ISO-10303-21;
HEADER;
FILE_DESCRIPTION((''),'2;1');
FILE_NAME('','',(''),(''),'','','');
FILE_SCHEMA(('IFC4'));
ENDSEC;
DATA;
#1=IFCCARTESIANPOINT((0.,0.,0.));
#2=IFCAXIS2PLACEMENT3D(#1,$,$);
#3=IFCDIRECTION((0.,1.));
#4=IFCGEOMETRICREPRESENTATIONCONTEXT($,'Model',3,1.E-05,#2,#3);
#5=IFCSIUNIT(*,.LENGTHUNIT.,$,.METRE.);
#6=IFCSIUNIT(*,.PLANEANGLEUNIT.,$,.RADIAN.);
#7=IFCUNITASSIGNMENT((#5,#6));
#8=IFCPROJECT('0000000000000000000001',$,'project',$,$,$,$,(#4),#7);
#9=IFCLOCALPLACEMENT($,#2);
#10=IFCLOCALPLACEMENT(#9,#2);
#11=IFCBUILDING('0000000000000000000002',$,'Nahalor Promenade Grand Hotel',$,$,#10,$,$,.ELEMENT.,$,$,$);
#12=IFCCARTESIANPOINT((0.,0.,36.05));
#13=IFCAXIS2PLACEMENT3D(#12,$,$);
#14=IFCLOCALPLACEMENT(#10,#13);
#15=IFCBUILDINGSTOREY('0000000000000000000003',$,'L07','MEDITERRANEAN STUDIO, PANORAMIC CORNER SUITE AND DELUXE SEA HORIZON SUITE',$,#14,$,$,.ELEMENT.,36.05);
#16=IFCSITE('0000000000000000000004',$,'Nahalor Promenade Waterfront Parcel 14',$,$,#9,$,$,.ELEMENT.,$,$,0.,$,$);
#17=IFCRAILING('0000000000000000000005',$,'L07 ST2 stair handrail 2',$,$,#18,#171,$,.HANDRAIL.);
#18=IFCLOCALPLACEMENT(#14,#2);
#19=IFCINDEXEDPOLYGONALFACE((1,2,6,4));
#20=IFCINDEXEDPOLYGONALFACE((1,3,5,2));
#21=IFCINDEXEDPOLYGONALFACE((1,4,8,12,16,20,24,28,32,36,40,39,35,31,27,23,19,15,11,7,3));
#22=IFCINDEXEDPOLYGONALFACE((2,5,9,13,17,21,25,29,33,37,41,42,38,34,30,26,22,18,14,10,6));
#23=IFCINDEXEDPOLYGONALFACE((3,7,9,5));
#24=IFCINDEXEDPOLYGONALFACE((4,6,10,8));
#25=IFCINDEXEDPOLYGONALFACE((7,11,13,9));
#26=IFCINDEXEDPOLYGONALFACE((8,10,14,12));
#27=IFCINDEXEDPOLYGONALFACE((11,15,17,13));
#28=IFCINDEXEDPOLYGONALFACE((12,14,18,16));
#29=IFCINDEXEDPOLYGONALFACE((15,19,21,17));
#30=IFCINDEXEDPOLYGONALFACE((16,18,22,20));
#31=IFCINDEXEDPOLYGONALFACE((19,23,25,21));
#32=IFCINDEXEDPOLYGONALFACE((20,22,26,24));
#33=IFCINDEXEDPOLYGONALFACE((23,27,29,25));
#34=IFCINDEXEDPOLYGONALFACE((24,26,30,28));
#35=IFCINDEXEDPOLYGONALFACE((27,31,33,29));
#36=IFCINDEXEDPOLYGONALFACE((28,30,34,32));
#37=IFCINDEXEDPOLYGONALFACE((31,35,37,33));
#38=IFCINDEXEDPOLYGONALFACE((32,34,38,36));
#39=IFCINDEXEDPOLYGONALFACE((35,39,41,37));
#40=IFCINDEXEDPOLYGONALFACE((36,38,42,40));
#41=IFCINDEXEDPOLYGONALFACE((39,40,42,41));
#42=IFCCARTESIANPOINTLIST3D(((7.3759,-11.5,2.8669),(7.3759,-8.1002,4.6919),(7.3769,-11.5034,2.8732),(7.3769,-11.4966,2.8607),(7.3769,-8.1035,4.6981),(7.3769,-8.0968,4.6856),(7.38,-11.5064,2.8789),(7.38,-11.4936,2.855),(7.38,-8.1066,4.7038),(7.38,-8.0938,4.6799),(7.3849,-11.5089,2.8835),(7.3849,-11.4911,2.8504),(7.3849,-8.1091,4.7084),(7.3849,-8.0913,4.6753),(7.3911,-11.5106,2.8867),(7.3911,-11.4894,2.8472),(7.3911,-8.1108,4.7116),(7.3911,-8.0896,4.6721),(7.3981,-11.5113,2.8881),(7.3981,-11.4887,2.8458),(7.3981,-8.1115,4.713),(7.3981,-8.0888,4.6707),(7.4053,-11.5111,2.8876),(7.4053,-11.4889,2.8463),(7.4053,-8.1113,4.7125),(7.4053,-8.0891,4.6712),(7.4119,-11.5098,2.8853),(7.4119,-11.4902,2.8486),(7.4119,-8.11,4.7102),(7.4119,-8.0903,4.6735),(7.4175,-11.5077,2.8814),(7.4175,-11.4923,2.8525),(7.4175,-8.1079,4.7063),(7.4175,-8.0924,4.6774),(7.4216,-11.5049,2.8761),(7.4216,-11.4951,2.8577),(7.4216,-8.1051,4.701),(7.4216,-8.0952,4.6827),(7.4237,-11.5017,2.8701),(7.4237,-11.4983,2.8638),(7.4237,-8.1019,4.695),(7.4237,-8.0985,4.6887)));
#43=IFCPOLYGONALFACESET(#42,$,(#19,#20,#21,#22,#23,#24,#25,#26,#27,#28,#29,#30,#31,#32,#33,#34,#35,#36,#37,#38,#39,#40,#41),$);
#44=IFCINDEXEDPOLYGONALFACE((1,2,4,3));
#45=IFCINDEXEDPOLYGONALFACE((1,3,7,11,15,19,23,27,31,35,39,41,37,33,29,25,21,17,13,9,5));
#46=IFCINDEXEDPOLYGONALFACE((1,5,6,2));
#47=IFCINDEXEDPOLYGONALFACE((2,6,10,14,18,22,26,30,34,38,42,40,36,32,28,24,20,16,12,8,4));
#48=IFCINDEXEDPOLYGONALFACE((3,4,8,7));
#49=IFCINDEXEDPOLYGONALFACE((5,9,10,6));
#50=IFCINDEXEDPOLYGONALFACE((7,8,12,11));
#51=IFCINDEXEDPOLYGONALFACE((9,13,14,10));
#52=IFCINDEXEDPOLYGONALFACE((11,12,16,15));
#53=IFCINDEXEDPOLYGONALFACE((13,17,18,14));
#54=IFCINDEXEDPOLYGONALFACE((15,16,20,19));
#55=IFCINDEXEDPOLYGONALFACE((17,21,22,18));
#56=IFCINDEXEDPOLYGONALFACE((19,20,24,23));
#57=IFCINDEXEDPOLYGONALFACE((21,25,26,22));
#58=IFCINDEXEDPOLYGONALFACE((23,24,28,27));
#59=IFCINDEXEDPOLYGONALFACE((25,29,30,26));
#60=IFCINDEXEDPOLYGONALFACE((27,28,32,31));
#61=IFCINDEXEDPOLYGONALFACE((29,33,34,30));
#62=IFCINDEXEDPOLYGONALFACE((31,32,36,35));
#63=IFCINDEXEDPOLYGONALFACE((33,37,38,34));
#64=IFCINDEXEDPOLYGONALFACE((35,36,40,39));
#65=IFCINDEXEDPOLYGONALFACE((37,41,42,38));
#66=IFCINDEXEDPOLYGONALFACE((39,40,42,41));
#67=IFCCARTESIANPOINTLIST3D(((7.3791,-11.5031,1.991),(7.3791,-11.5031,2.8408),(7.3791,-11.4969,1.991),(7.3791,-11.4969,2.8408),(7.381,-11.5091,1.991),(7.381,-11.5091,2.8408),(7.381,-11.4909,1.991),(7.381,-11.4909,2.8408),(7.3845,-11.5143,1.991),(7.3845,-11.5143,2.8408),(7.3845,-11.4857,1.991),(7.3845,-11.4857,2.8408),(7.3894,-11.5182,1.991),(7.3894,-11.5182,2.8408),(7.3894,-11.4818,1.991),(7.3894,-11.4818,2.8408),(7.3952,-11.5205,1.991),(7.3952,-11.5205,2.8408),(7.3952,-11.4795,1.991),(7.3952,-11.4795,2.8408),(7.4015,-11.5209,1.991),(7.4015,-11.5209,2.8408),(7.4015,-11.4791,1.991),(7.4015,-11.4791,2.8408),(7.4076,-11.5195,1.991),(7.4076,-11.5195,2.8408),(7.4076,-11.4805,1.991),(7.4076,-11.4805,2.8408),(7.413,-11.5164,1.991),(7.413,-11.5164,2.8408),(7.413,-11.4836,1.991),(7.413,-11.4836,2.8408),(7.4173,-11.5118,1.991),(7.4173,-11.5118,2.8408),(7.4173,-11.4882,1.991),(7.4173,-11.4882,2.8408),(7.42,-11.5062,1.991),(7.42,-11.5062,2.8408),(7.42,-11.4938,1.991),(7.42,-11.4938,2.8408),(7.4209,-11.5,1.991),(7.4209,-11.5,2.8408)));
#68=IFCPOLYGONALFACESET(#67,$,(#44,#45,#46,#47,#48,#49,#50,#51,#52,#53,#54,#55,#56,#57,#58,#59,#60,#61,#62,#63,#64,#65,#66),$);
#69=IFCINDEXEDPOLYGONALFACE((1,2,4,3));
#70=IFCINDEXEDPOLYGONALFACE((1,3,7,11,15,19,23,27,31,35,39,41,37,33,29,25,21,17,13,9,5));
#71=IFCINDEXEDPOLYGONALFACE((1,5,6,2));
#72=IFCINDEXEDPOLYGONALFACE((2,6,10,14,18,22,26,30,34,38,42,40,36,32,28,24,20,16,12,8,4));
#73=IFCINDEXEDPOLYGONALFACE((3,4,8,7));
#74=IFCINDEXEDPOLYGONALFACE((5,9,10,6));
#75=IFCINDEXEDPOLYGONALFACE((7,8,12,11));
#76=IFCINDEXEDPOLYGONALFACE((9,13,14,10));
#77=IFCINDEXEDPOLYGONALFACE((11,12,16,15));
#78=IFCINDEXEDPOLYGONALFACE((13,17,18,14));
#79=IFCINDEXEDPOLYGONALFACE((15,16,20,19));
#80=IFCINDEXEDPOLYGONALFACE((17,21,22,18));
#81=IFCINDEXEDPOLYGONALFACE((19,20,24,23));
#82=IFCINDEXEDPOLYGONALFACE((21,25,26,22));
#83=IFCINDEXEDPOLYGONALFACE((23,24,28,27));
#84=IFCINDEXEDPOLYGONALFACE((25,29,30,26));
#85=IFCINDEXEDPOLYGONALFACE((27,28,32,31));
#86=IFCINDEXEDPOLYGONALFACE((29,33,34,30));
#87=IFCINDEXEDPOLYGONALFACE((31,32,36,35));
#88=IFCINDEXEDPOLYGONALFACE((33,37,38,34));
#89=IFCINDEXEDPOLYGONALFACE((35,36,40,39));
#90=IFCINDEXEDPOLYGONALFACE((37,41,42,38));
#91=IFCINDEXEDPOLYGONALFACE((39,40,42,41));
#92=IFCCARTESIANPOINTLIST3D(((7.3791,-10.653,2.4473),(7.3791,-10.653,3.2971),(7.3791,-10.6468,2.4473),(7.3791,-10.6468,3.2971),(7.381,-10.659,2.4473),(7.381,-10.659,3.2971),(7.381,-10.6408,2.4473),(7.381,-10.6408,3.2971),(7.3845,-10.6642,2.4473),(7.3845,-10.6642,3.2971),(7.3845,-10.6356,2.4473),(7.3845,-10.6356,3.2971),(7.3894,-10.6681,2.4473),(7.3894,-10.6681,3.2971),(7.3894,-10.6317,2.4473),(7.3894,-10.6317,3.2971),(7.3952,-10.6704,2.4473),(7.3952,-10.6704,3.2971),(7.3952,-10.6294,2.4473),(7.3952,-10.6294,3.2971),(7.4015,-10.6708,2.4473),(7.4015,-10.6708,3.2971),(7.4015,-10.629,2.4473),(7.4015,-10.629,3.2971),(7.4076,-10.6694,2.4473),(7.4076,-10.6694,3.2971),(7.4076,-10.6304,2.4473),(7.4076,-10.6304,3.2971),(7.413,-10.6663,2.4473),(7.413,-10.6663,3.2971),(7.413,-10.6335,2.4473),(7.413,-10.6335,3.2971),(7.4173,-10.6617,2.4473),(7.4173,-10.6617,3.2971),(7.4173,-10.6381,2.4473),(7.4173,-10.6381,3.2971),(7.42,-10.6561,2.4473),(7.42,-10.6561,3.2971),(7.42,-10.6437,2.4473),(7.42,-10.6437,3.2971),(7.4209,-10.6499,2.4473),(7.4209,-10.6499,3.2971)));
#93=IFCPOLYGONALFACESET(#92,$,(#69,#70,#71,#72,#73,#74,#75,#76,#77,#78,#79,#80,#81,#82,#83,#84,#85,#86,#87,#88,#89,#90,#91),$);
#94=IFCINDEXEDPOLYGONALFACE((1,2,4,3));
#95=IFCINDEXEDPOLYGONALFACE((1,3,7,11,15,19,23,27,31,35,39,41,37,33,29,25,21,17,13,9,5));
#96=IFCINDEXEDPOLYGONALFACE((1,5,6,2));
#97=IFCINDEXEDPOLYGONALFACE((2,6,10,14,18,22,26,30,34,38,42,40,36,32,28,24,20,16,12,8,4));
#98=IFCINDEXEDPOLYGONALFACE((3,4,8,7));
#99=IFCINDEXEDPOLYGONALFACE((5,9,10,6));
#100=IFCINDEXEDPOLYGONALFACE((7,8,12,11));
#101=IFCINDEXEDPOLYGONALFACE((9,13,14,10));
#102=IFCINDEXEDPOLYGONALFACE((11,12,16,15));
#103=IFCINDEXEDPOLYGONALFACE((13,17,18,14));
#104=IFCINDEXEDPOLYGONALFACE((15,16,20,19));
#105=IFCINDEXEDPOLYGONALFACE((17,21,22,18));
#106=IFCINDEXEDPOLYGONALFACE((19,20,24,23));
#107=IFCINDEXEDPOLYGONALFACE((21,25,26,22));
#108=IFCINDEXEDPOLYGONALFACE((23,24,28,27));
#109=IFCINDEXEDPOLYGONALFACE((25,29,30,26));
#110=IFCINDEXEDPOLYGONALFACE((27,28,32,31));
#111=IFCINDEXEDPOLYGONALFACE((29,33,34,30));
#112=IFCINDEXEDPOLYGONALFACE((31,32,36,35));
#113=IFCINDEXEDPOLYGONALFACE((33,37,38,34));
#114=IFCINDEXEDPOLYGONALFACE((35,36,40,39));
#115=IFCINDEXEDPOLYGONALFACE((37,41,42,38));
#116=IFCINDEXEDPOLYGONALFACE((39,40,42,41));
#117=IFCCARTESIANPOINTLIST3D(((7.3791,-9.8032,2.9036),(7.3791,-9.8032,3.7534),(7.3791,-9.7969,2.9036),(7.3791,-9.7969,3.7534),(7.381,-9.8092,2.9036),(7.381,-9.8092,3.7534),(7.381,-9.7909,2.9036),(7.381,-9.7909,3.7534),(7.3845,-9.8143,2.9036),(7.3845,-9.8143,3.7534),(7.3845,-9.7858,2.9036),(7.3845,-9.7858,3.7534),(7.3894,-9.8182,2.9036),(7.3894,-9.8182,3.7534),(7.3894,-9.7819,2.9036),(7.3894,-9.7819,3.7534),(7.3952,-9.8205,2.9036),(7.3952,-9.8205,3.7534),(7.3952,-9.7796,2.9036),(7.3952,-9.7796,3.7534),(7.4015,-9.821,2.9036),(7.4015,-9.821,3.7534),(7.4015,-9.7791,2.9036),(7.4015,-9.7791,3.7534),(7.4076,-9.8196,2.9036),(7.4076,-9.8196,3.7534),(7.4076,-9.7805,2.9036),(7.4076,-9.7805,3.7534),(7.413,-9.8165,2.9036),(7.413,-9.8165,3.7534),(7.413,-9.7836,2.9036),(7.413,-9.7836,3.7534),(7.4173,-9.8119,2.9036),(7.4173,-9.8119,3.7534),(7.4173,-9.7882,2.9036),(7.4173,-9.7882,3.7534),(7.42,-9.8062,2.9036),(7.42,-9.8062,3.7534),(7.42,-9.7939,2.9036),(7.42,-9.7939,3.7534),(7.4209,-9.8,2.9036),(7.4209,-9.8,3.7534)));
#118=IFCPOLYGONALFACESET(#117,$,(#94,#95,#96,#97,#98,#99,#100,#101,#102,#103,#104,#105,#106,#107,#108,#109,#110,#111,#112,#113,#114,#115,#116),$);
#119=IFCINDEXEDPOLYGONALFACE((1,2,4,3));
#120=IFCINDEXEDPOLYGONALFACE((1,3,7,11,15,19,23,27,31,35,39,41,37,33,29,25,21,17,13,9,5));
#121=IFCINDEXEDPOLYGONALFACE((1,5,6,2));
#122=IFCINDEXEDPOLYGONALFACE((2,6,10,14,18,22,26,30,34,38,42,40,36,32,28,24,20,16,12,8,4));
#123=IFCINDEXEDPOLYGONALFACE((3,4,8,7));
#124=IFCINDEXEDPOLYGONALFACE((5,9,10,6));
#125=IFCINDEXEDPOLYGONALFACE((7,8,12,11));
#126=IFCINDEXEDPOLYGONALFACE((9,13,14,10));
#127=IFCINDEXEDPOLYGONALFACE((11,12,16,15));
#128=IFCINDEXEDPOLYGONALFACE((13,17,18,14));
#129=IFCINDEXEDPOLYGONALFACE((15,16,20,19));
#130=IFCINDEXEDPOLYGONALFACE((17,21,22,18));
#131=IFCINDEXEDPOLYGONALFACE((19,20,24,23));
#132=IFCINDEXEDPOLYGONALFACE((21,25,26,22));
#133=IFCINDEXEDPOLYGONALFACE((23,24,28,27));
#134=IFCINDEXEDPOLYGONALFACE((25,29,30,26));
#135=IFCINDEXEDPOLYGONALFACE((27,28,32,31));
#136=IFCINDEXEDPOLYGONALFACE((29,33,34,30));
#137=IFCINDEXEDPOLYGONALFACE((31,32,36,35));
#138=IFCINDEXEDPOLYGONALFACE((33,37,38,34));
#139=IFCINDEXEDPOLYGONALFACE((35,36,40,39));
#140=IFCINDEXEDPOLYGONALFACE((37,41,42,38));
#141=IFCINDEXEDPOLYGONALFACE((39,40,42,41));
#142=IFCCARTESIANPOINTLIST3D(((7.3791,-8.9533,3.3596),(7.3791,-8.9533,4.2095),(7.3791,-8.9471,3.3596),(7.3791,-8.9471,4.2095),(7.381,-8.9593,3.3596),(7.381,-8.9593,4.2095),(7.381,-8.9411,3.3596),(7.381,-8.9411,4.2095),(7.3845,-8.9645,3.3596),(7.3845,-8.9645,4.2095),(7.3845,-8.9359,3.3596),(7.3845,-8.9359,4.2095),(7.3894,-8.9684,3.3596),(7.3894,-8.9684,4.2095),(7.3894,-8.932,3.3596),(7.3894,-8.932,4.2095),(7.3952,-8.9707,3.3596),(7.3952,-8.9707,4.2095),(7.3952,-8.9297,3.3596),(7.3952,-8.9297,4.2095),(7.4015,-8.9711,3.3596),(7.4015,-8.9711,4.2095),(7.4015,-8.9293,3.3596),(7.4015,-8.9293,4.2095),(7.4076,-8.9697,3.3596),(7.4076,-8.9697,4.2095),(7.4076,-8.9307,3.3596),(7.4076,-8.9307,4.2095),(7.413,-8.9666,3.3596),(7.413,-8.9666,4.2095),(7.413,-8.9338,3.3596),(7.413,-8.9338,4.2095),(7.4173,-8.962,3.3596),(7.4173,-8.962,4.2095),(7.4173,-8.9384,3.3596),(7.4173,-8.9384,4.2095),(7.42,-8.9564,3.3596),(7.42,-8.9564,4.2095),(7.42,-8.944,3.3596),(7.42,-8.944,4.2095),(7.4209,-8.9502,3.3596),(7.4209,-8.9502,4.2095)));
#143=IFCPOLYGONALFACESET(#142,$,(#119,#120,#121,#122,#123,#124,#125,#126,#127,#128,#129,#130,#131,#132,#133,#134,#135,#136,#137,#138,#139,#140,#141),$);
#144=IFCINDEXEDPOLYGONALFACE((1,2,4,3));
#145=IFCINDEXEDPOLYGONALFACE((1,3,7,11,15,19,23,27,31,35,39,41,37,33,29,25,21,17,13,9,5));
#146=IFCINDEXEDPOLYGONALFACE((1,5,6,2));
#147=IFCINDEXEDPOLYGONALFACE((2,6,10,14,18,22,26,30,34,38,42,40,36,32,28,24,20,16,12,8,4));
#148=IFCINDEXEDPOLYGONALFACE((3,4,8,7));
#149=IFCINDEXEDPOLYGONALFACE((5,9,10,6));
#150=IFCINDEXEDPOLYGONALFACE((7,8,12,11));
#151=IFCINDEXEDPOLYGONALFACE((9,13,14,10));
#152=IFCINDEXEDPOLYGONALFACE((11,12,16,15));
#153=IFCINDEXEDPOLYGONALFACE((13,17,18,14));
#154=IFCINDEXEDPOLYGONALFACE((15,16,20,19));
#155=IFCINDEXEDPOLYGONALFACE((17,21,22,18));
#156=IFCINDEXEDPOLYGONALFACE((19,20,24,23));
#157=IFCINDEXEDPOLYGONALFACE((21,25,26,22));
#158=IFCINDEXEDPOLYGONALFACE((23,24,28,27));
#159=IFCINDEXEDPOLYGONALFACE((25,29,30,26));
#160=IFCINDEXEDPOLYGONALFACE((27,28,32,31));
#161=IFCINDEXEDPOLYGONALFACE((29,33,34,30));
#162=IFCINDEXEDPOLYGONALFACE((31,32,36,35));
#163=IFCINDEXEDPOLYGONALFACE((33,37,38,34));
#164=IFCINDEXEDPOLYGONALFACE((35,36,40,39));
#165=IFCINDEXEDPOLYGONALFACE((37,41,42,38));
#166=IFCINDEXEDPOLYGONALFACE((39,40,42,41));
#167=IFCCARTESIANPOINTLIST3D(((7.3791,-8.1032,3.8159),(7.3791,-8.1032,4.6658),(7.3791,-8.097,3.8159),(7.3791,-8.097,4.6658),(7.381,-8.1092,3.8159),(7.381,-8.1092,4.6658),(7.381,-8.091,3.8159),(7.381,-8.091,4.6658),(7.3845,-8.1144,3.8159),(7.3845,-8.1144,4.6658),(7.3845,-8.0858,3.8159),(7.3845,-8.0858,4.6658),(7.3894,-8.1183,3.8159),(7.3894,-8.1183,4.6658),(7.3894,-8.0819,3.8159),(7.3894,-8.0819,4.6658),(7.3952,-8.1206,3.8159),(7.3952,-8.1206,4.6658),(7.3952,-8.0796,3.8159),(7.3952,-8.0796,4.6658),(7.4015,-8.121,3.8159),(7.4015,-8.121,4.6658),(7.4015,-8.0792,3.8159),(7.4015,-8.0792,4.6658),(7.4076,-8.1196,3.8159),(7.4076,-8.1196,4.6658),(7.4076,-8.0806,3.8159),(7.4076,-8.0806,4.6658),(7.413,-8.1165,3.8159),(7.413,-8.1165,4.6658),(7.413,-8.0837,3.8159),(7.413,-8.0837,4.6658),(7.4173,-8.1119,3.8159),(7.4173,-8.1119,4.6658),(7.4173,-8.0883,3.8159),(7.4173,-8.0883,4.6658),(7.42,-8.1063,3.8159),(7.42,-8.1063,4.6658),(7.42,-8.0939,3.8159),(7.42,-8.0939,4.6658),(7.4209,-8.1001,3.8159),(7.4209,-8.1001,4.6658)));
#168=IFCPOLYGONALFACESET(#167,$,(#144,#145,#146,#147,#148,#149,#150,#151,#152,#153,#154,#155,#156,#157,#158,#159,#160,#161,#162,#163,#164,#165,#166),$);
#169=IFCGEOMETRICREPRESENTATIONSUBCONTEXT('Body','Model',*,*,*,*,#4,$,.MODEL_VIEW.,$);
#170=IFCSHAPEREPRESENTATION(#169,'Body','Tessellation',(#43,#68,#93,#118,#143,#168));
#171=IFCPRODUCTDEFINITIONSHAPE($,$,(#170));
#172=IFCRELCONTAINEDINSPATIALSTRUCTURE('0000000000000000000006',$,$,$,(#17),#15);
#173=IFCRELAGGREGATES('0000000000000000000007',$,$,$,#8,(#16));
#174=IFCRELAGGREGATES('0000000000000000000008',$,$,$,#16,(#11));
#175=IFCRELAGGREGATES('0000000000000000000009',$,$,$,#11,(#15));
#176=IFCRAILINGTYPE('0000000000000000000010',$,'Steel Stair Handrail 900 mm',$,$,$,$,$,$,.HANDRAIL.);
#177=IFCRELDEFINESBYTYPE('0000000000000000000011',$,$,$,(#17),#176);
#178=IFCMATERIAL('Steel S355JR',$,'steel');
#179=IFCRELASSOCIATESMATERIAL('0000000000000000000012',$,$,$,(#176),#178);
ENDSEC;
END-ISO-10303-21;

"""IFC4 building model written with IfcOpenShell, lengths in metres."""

from ifc_helpers import new_model, si_unit, direction, frame, origin, origin_2d, place, context, subcontext, project, spatial, circle, extrude, material, type_object, element, save


model = new_model("IFC4")

# Units and contexts
model_context = context("Model", 3, precision=1e-05, world=origin(), true_north=direction((0.0, 1.0)))
body_context = subcontext(model_context, "Body", "Model", "MODEL_VIEW")
ifc_project = project(units=[si_unit("LENGTHUNIT", "METRE"), si_unit("PLANEANGLEUNIT", "RADIAN")], contexts=[model_context])

# Site, building, storey
site_placement = place(None, origin())
site = spatial("IfcSite", under=ifc_project, at=site_placement, Name="Nahalor Promenade Waterfront Parcel 14", CompositionType="ELEMENT", RefElevation=0.0)
building_placement = place(site_placement, origin())
building = spatial("IfcBuilding", under=site, at=building_placement, Name="Nahalor Promenade Grand Hotel", CompositionType="ELEMENT")
storey_placement = place(building_placement, frame((0.0, 0.0, 36.05)))
storey = spatial("IfcBuildingStorey", under=building, at=storey_placement, Name="L07", Description="MEDITERRANEAN STUDIO, PANORAMIC CORNER SUITE AND DELUXE SEA HORIZON SUITE", CompositionType="ELEMENT", Elevation=36.05)

# Shared definitions
ifc_material_1 = material(Name="Steel S355JR", Category="steel")

# Railing
railing_type_1 = type_object("IfcRailingType", Name="Steel Stair Handrail 900 mm", PredefinedType="HANDRAIL", material=ifc_material_1)
railing_1_placement = place(storey_placement, frame((7.3999, -11.5, 1.991)))
element("IfcRailing", 1, at=railing_1_placement, inside=storey, type_object=railing_type_1, Name="L07 ST2 stair handrail 2", PredefinedType="HANDRAIL", context=body_context, shape_type="SweptSolid", body=[
    extrude(circle(Radius=0.024, at=origin_2d()), frame((0.0, 0.0, 0.876), z_axis=(0.0, 0.881094, 0.472941), x_axis=(-1.0, 0.0, 0.0)), (0.0, 0.0, 1.0), 3.8586),
    extrude(circle(Radius=0.021, at=origin_2d()), origin(), (0.0, 0.0, 1.0), 0.8499),
    extrude(circle(Radius=0.021, at=origin_2d()), frame((0.0, 0.8501, 0.4563)), (0.0, 0.0, 1.0), 0.8499),
    extrude(circle(Radius=0.021, at=origin_2d()), frame((0.0, 1.7, 0.9126)), (0.0, 0.0, 1.0), 0.8499),
    extrude(circle(Radius=0.021, at=origin_2d()), frame((0.0, 2.5498, 1.3687)), (0.0, 0.0, 1.0), 0.8499),
    extrude(circle(Radius=0.021, at=origin_2d()), frame((0.0, 3.3999, 1.825)), (0.0, 0.0, 1.0), 0.8499),
])

save(model, "model.ifc")
